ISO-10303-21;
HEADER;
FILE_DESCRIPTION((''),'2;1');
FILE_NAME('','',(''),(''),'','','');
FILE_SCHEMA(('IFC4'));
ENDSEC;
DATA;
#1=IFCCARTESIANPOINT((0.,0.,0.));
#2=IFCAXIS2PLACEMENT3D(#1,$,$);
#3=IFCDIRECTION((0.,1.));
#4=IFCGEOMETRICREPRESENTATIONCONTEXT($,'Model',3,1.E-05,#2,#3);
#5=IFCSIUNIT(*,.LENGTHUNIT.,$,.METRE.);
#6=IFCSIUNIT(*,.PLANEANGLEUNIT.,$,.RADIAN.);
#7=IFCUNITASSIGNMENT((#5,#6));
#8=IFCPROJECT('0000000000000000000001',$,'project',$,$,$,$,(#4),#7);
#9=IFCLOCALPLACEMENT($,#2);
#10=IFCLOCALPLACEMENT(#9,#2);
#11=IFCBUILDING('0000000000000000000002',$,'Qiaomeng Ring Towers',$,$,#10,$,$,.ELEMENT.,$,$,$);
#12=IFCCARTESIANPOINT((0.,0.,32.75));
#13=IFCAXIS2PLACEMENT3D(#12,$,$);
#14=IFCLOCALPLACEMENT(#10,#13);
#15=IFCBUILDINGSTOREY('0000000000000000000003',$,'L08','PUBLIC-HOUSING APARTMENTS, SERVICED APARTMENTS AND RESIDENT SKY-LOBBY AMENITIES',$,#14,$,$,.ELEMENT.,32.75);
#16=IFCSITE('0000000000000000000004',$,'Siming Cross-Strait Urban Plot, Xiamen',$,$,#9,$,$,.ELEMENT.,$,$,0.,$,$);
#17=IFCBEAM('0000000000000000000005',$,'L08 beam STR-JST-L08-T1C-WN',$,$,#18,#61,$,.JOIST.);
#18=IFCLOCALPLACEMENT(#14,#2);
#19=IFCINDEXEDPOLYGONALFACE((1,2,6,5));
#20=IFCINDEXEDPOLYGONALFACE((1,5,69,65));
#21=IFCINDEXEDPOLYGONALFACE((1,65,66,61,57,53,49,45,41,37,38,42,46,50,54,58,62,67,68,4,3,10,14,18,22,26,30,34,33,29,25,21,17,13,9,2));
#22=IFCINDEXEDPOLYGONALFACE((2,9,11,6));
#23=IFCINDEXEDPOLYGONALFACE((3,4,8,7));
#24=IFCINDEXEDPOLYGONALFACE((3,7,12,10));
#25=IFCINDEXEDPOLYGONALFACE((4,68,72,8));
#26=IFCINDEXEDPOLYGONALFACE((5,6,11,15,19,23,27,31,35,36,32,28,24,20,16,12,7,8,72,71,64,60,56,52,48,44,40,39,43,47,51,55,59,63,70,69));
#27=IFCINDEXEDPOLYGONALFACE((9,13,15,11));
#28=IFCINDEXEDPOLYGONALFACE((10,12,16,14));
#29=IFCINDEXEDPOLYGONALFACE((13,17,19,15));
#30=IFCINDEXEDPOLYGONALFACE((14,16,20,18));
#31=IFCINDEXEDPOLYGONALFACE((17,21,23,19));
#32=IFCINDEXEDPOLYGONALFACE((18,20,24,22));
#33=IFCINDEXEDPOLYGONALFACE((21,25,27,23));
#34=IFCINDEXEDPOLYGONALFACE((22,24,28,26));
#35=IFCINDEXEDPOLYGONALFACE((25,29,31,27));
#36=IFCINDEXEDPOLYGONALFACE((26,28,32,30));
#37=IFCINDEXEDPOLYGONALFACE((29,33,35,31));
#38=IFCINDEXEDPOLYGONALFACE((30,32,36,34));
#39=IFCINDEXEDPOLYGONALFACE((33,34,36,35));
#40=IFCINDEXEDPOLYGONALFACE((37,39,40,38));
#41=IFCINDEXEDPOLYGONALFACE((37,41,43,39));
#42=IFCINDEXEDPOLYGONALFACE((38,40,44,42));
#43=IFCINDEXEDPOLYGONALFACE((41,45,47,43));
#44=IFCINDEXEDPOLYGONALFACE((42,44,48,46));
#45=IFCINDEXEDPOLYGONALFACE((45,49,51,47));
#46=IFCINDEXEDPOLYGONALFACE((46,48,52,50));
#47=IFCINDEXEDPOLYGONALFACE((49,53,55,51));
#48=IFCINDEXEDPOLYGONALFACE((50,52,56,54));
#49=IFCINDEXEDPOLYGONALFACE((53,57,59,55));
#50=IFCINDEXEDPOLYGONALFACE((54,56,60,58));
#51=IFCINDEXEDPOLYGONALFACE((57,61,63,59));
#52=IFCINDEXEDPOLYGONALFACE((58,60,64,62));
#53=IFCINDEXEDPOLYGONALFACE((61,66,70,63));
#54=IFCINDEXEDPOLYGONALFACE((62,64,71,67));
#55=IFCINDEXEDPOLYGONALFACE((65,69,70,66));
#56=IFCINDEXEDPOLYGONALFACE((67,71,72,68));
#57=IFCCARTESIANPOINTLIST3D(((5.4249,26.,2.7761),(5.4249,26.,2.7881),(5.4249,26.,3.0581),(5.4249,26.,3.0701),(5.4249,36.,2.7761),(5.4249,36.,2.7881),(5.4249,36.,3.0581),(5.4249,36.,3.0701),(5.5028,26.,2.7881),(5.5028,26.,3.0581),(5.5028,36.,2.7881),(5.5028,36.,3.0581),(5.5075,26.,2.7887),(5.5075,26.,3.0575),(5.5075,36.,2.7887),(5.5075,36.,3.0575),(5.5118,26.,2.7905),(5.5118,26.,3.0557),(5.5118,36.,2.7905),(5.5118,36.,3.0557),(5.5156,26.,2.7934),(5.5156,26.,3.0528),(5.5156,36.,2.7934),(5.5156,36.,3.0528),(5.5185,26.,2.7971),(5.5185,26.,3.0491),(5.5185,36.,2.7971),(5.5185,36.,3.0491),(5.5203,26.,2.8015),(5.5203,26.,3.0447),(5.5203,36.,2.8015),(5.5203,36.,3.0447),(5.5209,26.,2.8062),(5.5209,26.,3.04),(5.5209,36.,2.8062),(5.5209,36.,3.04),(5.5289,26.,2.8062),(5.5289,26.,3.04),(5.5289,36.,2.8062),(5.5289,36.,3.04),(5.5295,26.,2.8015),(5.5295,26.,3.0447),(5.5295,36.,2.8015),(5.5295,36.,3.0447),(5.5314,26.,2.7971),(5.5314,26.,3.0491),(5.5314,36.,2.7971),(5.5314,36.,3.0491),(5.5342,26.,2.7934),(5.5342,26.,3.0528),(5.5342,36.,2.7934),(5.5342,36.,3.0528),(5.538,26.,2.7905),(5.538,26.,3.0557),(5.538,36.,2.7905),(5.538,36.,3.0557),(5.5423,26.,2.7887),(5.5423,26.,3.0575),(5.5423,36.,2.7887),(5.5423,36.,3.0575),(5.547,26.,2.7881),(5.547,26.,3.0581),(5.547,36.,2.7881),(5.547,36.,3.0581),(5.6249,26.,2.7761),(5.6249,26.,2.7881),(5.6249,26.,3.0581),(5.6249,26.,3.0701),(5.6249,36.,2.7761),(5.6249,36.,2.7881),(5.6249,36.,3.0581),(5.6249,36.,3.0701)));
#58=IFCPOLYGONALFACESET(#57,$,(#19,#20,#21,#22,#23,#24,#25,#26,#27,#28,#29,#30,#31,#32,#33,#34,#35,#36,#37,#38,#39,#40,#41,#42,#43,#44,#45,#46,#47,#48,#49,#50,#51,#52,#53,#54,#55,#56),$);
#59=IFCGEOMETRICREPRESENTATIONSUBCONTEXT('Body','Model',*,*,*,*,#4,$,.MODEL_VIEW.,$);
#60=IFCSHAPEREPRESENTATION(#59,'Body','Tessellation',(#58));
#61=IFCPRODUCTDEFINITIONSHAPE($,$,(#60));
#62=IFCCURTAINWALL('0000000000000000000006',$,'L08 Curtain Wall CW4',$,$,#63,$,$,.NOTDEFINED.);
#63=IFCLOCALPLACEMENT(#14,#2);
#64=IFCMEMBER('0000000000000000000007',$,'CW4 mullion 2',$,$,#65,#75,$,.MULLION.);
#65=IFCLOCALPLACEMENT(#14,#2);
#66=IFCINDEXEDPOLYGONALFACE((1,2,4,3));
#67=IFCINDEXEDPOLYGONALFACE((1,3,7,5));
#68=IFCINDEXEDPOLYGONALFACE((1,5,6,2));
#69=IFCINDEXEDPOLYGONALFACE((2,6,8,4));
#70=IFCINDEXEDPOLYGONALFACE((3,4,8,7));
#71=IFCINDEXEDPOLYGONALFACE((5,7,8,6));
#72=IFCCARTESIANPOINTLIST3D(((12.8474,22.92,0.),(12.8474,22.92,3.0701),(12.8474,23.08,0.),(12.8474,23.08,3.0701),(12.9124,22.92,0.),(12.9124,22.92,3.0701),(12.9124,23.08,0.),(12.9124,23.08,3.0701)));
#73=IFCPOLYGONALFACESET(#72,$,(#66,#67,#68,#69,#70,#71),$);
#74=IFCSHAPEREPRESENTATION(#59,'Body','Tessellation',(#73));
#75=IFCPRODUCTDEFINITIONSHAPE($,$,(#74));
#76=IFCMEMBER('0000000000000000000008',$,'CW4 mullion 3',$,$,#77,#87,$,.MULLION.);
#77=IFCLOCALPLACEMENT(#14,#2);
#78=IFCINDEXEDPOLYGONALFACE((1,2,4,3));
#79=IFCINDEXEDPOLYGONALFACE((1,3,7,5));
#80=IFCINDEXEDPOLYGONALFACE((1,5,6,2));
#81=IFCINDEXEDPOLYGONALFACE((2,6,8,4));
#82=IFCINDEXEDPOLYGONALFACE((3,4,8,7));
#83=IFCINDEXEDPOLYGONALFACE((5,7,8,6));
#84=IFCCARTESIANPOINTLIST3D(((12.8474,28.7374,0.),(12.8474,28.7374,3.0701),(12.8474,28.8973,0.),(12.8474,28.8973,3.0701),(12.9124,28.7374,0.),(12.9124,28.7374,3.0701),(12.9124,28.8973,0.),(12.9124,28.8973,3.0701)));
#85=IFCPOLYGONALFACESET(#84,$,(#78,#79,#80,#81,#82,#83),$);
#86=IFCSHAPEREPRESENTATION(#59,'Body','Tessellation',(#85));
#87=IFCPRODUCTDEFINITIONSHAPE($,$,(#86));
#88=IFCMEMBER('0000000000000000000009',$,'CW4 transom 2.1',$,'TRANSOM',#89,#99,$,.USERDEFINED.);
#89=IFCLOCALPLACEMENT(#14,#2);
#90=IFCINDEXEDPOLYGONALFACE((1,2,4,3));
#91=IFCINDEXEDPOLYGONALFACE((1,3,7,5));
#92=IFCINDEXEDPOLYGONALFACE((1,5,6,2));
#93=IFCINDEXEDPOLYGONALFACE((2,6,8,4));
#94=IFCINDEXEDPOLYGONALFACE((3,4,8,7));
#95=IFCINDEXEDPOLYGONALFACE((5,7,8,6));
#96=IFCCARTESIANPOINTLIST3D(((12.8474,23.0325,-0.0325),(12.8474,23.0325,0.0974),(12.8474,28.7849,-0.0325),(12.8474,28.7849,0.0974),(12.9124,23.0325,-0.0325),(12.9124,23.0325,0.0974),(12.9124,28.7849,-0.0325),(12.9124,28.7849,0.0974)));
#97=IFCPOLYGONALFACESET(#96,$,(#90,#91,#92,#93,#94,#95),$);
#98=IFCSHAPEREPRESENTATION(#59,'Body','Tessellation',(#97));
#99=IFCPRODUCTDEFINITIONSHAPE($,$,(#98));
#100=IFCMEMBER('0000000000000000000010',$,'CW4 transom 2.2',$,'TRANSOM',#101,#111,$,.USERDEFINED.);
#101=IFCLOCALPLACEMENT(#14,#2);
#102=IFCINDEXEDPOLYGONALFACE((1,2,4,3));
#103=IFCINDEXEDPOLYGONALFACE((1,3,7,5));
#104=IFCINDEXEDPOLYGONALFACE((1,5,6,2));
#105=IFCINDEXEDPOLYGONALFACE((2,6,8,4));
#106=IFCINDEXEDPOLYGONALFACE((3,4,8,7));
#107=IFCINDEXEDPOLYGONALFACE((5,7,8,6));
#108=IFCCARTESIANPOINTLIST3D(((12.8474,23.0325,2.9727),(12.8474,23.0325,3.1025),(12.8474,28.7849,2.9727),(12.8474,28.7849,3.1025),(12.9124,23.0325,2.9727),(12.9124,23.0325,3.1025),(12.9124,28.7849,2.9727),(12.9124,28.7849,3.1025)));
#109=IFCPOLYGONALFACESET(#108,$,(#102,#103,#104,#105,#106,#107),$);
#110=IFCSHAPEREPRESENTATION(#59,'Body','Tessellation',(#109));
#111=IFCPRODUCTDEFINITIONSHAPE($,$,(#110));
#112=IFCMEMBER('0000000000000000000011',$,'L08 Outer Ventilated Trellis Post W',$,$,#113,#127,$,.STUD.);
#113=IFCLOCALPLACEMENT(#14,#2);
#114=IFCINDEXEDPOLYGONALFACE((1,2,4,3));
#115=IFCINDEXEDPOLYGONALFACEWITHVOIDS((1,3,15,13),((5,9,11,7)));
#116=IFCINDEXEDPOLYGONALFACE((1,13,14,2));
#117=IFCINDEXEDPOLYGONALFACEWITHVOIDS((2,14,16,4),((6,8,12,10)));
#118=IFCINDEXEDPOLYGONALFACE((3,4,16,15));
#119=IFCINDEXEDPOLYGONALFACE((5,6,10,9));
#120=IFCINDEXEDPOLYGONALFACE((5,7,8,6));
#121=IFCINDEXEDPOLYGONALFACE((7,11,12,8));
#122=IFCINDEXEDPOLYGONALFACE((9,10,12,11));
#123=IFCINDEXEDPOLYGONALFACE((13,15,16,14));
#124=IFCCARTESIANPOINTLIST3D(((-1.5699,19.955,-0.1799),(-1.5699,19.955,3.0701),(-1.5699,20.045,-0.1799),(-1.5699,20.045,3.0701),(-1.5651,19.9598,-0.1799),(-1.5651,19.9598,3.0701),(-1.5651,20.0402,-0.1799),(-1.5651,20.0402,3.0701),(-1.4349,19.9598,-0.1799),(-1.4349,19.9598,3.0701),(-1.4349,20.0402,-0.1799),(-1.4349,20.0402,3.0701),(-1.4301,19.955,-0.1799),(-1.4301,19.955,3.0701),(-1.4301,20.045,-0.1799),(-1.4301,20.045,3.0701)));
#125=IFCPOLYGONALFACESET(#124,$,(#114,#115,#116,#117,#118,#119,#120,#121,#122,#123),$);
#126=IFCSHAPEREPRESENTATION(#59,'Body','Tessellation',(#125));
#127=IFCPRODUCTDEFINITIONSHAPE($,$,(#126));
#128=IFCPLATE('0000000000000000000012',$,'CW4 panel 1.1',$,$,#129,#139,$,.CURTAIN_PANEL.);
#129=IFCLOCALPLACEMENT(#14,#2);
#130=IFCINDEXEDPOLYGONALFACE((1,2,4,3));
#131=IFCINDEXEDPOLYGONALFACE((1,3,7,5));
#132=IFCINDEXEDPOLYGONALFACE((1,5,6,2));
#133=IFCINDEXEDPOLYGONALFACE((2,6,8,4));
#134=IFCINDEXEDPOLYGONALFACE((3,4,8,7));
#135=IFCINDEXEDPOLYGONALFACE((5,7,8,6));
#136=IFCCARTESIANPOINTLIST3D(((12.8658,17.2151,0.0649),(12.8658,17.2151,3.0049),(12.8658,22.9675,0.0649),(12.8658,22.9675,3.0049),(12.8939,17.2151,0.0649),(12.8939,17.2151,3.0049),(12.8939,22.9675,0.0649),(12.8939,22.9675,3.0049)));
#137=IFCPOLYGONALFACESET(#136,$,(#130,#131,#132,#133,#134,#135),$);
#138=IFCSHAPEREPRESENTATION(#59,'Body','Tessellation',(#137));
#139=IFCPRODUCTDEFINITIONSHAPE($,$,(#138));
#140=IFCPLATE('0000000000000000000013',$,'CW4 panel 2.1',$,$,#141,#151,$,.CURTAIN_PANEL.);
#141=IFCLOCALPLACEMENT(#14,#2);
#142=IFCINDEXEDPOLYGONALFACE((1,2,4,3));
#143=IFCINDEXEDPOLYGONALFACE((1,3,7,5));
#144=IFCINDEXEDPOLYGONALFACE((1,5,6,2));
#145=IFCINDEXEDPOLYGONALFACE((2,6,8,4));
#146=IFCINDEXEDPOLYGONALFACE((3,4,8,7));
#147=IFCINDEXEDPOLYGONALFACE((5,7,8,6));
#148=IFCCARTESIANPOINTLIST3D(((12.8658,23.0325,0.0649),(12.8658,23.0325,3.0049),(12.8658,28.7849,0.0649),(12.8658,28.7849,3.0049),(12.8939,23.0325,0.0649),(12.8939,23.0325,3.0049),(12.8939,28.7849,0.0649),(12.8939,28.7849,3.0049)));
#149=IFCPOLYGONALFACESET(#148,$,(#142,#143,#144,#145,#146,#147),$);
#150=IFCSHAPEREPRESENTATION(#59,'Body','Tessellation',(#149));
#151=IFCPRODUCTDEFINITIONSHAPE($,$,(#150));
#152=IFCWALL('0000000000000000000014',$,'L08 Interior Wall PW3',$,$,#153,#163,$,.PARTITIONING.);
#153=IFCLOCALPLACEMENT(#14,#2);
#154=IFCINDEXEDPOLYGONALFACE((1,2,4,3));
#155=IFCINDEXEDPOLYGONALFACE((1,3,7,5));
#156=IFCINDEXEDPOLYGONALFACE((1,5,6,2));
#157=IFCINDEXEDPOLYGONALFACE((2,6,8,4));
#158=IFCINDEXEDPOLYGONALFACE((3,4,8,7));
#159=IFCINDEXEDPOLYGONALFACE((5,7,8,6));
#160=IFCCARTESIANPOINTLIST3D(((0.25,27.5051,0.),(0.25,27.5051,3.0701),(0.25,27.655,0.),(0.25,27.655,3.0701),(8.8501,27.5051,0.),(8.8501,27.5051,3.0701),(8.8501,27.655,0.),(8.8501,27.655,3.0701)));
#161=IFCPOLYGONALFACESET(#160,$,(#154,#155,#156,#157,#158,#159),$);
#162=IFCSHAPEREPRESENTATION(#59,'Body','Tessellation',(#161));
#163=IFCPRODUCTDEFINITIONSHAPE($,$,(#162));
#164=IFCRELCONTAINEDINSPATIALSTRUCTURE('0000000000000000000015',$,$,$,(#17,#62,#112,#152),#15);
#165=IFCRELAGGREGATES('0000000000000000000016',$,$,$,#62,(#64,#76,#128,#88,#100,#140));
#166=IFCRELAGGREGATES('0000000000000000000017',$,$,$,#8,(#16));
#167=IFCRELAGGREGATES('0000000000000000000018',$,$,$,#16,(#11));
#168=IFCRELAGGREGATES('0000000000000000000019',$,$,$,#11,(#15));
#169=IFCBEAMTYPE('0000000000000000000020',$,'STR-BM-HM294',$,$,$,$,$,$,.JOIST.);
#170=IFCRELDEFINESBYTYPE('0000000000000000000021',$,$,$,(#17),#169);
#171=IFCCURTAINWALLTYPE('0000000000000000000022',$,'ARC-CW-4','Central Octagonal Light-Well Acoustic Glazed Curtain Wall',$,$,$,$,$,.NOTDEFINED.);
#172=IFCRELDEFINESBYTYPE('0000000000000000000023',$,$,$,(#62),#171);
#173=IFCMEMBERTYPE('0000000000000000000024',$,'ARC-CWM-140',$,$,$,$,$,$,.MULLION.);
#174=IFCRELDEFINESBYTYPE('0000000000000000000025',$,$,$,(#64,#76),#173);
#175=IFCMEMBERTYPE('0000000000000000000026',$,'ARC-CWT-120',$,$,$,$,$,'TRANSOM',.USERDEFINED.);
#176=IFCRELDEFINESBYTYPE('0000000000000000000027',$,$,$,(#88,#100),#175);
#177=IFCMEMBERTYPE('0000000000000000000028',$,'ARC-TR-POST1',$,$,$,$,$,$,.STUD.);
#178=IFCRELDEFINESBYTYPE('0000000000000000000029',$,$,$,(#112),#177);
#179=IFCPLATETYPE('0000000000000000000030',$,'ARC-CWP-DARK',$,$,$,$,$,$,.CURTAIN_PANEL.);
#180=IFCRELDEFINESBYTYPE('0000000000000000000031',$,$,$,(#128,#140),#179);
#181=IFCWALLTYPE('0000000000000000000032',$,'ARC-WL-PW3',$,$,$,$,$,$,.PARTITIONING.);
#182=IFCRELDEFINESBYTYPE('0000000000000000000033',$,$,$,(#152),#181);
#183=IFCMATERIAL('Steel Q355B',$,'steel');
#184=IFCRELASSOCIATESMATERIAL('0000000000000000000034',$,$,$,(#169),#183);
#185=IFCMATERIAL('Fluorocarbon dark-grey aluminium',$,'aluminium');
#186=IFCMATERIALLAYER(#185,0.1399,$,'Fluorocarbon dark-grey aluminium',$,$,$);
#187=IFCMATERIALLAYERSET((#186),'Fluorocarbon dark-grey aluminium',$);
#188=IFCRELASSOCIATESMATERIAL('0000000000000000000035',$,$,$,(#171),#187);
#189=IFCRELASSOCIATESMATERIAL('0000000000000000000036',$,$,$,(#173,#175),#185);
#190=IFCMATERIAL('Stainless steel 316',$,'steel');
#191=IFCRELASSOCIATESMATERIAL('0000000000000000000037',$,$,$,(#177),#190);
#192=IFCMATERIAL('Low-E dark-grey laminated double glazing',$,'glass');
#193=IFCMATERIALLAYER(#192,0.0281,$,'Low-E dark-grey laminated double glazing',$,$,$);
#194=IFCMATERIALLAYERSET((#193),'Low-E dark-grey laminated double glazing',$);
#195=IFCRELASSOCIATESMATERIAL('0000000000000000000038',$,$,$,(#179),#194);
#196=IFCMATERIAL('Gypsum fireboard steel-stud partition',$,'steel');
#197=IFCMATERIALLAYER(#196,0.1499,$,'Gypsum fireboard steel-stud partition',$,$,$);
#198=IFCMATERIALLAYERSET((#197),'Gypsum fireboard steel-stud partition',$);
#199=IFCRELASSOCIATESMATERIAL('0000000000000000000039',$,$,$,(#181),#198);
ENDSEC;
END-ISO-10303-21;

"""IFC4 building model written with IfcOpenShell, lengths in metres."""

from ifc_helpers import new_model, si_unit, direction, frame, frame_2d, origin, origin_2d, place, context, subcontext, project, spatial, rectangle, hollow_rectangle, i_section, extrude, source, transform, mapped, material, layer, layer_set, material_profile, profile_set, type_object, element, aggregate, save


model = new_model("IFC4")

# Units and contexts
model_context = context("Model", 3, precision=1e-05, world=origin(), true_north=direction((0.0, 1.0)))
body_context = subcontext(model_context, "Body", "Model", "MODEL_VIEW")
ifc_project = project(units=[si_unit("LENGTHUNIT", "METRE"), si_unit("PLANEANGLEUNIT", "RADIAN")], contexts=[model_context])

# Site, building, storey
site_placement = place(None, origin())
site = spatial("IfcSite", under=ifc_project, at=site_placement, Name="Siming Cross-Strait Urban Plot, Xiamen", CompositionType="ELEMENT", RefElevation=0.0)
building_placement = place(site_placement, origin())
building = spatial("IfcBuilding", under=site, at=building_placement, Name="Qiaomeng Ring Towers", CompositionType="ELEMENT")
storey_placement = place(building_placement, frame((0.0, 0.0, 32.75)))
storey = spatial("IfcBuildingStorey", under=building, at=storey_placement, Name="L08", Description="PUBLIC-HOUSING APARTMENTS, SERVICED APARTMENTS AND RESIDENT SKY-LOBBY AMENITIES", CompositionType="ELEMENT", Elevation=32.75)

# Beam
ifc_material_1 = material(Name="Steel Q355B", Category="steel")
ifc_material_profile_1 = material_profile(ifc_material_1, i_section(OverallWidth=0.2, OverallDepth=0.2939, WebThickness=0.0081, FlangeThickness=0.012, FilletRadius=0.0181, at=origin_2d()), Name="HM 294x200x8x12")
ifc_profile_set_1 = profile_set([ifc_material_profile_1], Name="Steel Q355B")
beam_type_1 = type_object("IfcBeamType", Name="STR-BM-HM294", PredefinedType="JOIST", material=ifc_profile_set_1)
shared_shape_1 = source(origin(), body_context, "Body", "SweptSolid", [
    extrude(i_section(OverallWidth=0.2, OverallDepth=0.2939, WebThickness=0.0081, FlangeThickness=0.012, FilletRadius=0.0181, at=origin_2d()), origin(), (0.0, 0.0, 1.0), 10.0),
])
beam_1_placement = place(storey_placement, frame((5.5249, 26.0, 2.9231), z_axis=(0.0, 1.0, 0.0), x_axis=(-1.0, 0.0, 0.0)))
element("IfcBeam", 1, at=beam_1_placement, inside=storey, type_object=beam_type_1, Name="L08 beam STR-JST-L08-T1C-WN", PredefinedType="JOIST", context=body_context, shape_type="MappedRepresentation", body=[
    mapped(shared_shape_1, transform((0.0, 0.0, 0.0), x_axis=(1.0, 0.0, 0.0), y_axis=(0.0, 1.0, 0.0), z_axis=(0.0, 0.0, 1.0), scale=1.0)),
])

# Curtain wall, members
ifc_material_2 = material(Name="Fluorocarbon dark-grey aluminium", Category="aluminium")
ifc_layer_1 = layer(ifc_material_2, 0.1399, Name="Fluorocarbon dark-grey aluminium")
ifc_layer_set_1 = layer_set([ifc_layer_1], Name="Fluorocarbon dark-grey aluminium")
curtain_wall_type = type_object("IfcCurtainWallType", Name="ARC-CW-4", Description="Central Octagonal Light-Well Acoustic Glazed Curtain Wall", PredefinedType="NOTDEFINED", material=ifc_layer_set_1)
curtain_wall_placement = place(storey_placement, origin())
curtain_wall = element("IfcCurtainWall", 2, at=curtain_wall_placement, inside=storey, type_object=curtain_wall_type, Name="L08 Curtain Wall CW4", PredefinedType="NOTDEFINED")
ifc_material_profile_2 = material_profile(ifc_material_2, rectangle(XDim=0.0649, YDim=0.1599, at=origin_2d()), Name="ALU MULL 65x160")
ifc_profile_set_2 = profile_set([ifc_material_profile_2], Name="Fluorocarbon dark-grey aluminium")
member_type_1 = type_object("IfcMemberType", Name="ARC-CWM-140", PredefinedType="MULLION", material=ifc_profile_set_2)
shared_shape_2 = source(origin(), body_context, "Body", "SweptSolid", [
    extrude(rectangle(XDim=0.0649, YDim=0.1599, at=origin_2d()), origin(), (0.0, 0.0, 1.0), 3.0701),
])
member_1_placement = place(storey_placement, frame((12.8799, 23.0, 0.0), z_axis=(0.0, 0.0, 1.0), x_axis=(-1.0, 0.0, 0.0)))
member_1 = element("IfcMember", 3, at=member_1_placement, type_object=member_type_1, Name="CW4 mullion 2", PredefinedType="MULLION", context=body_context, shape_type="MappedRepresentation", body=[
    mapped(shared_shape_2, transform((0.0, 0.0, 0.0), x_axis=(1.0, 0.0, 0.0), y_axis=(0.0, 1.0, 0.0), z_axis=(0.0, 0.0, 1.0), scale=1.0)),
])
member_2_placement = place(storey_placement, frame((12.8799, 28.8174, 0.0), z_axis=(0.0, 0.0, 1.0), x_axis=(-1.0, 0.0, 0.0)))
member_2 = element("IfcMember", 4, at=member_2_placement, type_object=member_type_1, Name="CW4 mullion 3", PredefinedType="MULLION", context=body_context, shape_type="MappedRepresentation", body=[
    mapped(shared_shape_2, transform((0.0, 0.0, 0.0), x_axis=(1.0, 0.0, 0.0), y_axis=(0.0, 1.0, 0.0), z_axis=(0.0, 0.0, 1.0), scale=1.0)),
])
ifc_material_profile_3 = material_profile(ifc_material_2, rectangle(XDim=0.0649, YDim=0.1299, at=origin_2d()), Name="ALU TRAN 65x130")
ifc_profile_set_3 = profile_set([ifc_material_profile_3], Name="Fluorocarbon dark-grey aluminium")
member_type_2 = type_object("IfcMemberType", Name="ARC-CWT-120", ElementType="TRANSOM", PredefinedType="USERDEFINED", material=ifc_profile_set_3)
shared_shape_3 = source(origin(), body_context, "Body", "SweptSolid", [
    extrude(rectangle(XDim=0.0649, YDim=0.1299, at=origin_2d()), origin(), (0.0, 0.0, 1.0), 5.7524),
])
member_3_placement = place(storey_placement, frame((12.8799, 23.0325, 0.0325), z_axis=(0.0, 1.0, 0.0), x_axis=(-1.0, 0.0, 0.0)))
member_3 = element("IfcMember", 5, at=member_3_placement, type_object=member_type_2, Name="CW4 transom 2.1", ObjectType="TRANSOM", PredefinedType="USERDEFINED", context=body_context, shape_type="MappedRepresentation", body=[
    mapped(shared_shape_3, transform((0.0, 0.0, 0.0), x_axis=(1.0, 0.0, 0.0), y_axis=(0.0, 1.0, 0.0), z_axis=(0.0, 0.0, 1.0), scale=1.0)),
])
member_4_placement = place(storey_placement, frame((12.8799, 23.0325, 3.0376), z_axis=(0.0, 1.0, 0.0), x_axis=(-1.0, 0.0, 0.0)))
member_4 = element("IfcMember", 6, at=member_4_placement, type_object=member_type_2, Name="CW4 transom 2.2", ObjectType="TRANSOM", PredefinedType="USERDEFINED", context=body_context, shape_type="MappedRepresentation", body=[
    mapped(shared_shape_3, transform((0.0, 0.0, 0.0), x_axis=(1.0, 0.0, 0.0), y_axis=(0.0, 1.0, 0.0), z_axis=(0.0, 0.0, 1.0), scale=1.0)),
])

# Member
ifc_material_3 = material(Name="Stainless steel 316", Category="steel")
ifc_material_profile_4 = material_profile(ifc_material_3, hollow_rectangle(XDim=0.0901, YDim=0.1399, WallThickness=0.0049, at=origin_2d()), Name="SS TRELLIS 90x140")
ifc_profile_set_4 = profile_set([ifc_material_profile_4], Name="Stainless steel 316")
member_type_3 = type_object("IfcMemberType", Name="ARC-TR-POST1", PredefinedType="STUD", material=ifc_profile_set_4)
shared_shape_4 = source(origin(), body_context, "Body", "SweptSolid", [
    extrude(hollow_rectangle(XDim=0.0901, YDim=0.1399, WallThickness=0.0049, at=origin_2d()), origin(), (0.0, 0.0, 1.0), 3.25),
])
member_5_placement = place(storey_placement, frame((-1.5, 20.0, -0.1799), z_axis=(0.0, 0.0, 1.0), x_axis=(0.0, 1.0, 0.0)))
element("IfcMember", 7, at=member_5_placement, inside=storey, type_object=member_type_3, Name="L08 Outer Ventilated Trellis Post W", PredefinedType="STUD", context=body_context, shape_type="MappedRepresentation", body=[
    mapped(shared_shape_4, transform((0.0, 0.0, 0.0), x_axis=(1.0, 0.0, 0.0), y_axis=(0.0, 1.0, 0.0), z_axis=(0.0, 0.0, 1.0), scale=1.0)),
])

# Plates
ifc_material_4 = material(Name="Low-E dark-grey laminated double glazing", Category="glass")
ifc_layer_2 = layer(ifc_material_4, 0.0281, Name="Low-E dark-grey laminated double glazing")
ifc_layer_set_2 = layer_set([ifc_layer_2], Name="Low-E dark-grey laminated double glazing")
plate_type = type_object("IfcPlateType", Name="ARC-CWP-DARK", PredefinedType="CURTAIN_PANEL", material=ifc_layer_set_2)
shared_shape_5 = source(origin(), body_context, "Body", "SweptSolid", [
    extrude(rectangle(XDim=5.7524, YDim=0.0281, at=origin_2d()), origin(), (0.0, 0.0, 1.0), 2.9399),
])
plate_1_placement = place(storey_placement, frame((12.8799, 20.0913, 0.0649), z_axis=(0.0, 0.0, 1.0), x_axis=(0.0, 1.0, 0.0)))
plate_1 = element("IfcPlate", 8, at=plate_1_placement, type_object=plate_type, Name="CW4 panel 1.1", PredefinedType="CURTAIN_PANEL", context=body_context, shape_type="MappedRepresentation", body=[
    mapped(shared_shape_5, transform((0.0, 0.0, 0.0), x_axis=(1.0, 0.0, 0.0), y_axis=(0.0, 1.0, 0.0), z_axis=(0.0, 0.0, 1.0), scale=1.0)),
])
plate_2_placement = place(storey_placement, frame((12.8799, 25.9087, 0.0649), z_axis=(0.0, 0.0, 1.0), x_axis=(0.0, 1.0, 0.0)))
plate_2 = element("IfcPlate", 9, at=plate_2_placement, type_object=plate_type, Name="CW4 panel 2.1", PredefinedType="CURTAIN_PANEL", context=body_context, shape_type="MappedRepresentation", body=[
    mapped(shared_shape_5, transform((0.0, 0.0, 0.0), x_axis=(1.0, 0.0, 0.0), y_axis=(0.0, 1.0, 0.0), z_axis=(0.0, 0.0, 1.0), scale=1.0)),
])
aggregate(curtain_wall, [member_1, member_2, plate_1, member_3, member_4, plate_2])

# Wall
ifc_material_5 = material(Name="Gypsum fireboard steel-stud partition", Category="steel")
ifc_layer_3 = layer(ifc_material_5, 0.1499, Name="Gypsum fireboard steel-stud partition")
ifc_layer_set_3 = layer_set([ifc_layer_3], Name="Gypsum fireboard steel-stud partition")
wall_type_1 = type_object("IfcWallType", Name="ARC-WL-PW3", PredefinedType="PARTITIONING", material=ifc_layer_set_3)
wall_1_placement = place(storey_placement, frame((0.25, 27.5801, 0.0), z_axis=(0.0, 0.0, 1.0), x_axis=(1.0, 0.0, 0.0)))
element("IfcWall", 10, at=wall_1_placement, inside=storey, type_object=wall_type_1, Name="L08 Interior Wall PW3", PredefinedType="PARTITIONING", context=body_context, shape_type="SweptSolid", body=[
    extrude(rectangle(XDim=8.6001, YDim=0.1499, at=frame_2d((4.3, 0.0))), origin(), (0.0, 0.0, 1.0), 3.0701),
])

save(model, "model.ifc")
